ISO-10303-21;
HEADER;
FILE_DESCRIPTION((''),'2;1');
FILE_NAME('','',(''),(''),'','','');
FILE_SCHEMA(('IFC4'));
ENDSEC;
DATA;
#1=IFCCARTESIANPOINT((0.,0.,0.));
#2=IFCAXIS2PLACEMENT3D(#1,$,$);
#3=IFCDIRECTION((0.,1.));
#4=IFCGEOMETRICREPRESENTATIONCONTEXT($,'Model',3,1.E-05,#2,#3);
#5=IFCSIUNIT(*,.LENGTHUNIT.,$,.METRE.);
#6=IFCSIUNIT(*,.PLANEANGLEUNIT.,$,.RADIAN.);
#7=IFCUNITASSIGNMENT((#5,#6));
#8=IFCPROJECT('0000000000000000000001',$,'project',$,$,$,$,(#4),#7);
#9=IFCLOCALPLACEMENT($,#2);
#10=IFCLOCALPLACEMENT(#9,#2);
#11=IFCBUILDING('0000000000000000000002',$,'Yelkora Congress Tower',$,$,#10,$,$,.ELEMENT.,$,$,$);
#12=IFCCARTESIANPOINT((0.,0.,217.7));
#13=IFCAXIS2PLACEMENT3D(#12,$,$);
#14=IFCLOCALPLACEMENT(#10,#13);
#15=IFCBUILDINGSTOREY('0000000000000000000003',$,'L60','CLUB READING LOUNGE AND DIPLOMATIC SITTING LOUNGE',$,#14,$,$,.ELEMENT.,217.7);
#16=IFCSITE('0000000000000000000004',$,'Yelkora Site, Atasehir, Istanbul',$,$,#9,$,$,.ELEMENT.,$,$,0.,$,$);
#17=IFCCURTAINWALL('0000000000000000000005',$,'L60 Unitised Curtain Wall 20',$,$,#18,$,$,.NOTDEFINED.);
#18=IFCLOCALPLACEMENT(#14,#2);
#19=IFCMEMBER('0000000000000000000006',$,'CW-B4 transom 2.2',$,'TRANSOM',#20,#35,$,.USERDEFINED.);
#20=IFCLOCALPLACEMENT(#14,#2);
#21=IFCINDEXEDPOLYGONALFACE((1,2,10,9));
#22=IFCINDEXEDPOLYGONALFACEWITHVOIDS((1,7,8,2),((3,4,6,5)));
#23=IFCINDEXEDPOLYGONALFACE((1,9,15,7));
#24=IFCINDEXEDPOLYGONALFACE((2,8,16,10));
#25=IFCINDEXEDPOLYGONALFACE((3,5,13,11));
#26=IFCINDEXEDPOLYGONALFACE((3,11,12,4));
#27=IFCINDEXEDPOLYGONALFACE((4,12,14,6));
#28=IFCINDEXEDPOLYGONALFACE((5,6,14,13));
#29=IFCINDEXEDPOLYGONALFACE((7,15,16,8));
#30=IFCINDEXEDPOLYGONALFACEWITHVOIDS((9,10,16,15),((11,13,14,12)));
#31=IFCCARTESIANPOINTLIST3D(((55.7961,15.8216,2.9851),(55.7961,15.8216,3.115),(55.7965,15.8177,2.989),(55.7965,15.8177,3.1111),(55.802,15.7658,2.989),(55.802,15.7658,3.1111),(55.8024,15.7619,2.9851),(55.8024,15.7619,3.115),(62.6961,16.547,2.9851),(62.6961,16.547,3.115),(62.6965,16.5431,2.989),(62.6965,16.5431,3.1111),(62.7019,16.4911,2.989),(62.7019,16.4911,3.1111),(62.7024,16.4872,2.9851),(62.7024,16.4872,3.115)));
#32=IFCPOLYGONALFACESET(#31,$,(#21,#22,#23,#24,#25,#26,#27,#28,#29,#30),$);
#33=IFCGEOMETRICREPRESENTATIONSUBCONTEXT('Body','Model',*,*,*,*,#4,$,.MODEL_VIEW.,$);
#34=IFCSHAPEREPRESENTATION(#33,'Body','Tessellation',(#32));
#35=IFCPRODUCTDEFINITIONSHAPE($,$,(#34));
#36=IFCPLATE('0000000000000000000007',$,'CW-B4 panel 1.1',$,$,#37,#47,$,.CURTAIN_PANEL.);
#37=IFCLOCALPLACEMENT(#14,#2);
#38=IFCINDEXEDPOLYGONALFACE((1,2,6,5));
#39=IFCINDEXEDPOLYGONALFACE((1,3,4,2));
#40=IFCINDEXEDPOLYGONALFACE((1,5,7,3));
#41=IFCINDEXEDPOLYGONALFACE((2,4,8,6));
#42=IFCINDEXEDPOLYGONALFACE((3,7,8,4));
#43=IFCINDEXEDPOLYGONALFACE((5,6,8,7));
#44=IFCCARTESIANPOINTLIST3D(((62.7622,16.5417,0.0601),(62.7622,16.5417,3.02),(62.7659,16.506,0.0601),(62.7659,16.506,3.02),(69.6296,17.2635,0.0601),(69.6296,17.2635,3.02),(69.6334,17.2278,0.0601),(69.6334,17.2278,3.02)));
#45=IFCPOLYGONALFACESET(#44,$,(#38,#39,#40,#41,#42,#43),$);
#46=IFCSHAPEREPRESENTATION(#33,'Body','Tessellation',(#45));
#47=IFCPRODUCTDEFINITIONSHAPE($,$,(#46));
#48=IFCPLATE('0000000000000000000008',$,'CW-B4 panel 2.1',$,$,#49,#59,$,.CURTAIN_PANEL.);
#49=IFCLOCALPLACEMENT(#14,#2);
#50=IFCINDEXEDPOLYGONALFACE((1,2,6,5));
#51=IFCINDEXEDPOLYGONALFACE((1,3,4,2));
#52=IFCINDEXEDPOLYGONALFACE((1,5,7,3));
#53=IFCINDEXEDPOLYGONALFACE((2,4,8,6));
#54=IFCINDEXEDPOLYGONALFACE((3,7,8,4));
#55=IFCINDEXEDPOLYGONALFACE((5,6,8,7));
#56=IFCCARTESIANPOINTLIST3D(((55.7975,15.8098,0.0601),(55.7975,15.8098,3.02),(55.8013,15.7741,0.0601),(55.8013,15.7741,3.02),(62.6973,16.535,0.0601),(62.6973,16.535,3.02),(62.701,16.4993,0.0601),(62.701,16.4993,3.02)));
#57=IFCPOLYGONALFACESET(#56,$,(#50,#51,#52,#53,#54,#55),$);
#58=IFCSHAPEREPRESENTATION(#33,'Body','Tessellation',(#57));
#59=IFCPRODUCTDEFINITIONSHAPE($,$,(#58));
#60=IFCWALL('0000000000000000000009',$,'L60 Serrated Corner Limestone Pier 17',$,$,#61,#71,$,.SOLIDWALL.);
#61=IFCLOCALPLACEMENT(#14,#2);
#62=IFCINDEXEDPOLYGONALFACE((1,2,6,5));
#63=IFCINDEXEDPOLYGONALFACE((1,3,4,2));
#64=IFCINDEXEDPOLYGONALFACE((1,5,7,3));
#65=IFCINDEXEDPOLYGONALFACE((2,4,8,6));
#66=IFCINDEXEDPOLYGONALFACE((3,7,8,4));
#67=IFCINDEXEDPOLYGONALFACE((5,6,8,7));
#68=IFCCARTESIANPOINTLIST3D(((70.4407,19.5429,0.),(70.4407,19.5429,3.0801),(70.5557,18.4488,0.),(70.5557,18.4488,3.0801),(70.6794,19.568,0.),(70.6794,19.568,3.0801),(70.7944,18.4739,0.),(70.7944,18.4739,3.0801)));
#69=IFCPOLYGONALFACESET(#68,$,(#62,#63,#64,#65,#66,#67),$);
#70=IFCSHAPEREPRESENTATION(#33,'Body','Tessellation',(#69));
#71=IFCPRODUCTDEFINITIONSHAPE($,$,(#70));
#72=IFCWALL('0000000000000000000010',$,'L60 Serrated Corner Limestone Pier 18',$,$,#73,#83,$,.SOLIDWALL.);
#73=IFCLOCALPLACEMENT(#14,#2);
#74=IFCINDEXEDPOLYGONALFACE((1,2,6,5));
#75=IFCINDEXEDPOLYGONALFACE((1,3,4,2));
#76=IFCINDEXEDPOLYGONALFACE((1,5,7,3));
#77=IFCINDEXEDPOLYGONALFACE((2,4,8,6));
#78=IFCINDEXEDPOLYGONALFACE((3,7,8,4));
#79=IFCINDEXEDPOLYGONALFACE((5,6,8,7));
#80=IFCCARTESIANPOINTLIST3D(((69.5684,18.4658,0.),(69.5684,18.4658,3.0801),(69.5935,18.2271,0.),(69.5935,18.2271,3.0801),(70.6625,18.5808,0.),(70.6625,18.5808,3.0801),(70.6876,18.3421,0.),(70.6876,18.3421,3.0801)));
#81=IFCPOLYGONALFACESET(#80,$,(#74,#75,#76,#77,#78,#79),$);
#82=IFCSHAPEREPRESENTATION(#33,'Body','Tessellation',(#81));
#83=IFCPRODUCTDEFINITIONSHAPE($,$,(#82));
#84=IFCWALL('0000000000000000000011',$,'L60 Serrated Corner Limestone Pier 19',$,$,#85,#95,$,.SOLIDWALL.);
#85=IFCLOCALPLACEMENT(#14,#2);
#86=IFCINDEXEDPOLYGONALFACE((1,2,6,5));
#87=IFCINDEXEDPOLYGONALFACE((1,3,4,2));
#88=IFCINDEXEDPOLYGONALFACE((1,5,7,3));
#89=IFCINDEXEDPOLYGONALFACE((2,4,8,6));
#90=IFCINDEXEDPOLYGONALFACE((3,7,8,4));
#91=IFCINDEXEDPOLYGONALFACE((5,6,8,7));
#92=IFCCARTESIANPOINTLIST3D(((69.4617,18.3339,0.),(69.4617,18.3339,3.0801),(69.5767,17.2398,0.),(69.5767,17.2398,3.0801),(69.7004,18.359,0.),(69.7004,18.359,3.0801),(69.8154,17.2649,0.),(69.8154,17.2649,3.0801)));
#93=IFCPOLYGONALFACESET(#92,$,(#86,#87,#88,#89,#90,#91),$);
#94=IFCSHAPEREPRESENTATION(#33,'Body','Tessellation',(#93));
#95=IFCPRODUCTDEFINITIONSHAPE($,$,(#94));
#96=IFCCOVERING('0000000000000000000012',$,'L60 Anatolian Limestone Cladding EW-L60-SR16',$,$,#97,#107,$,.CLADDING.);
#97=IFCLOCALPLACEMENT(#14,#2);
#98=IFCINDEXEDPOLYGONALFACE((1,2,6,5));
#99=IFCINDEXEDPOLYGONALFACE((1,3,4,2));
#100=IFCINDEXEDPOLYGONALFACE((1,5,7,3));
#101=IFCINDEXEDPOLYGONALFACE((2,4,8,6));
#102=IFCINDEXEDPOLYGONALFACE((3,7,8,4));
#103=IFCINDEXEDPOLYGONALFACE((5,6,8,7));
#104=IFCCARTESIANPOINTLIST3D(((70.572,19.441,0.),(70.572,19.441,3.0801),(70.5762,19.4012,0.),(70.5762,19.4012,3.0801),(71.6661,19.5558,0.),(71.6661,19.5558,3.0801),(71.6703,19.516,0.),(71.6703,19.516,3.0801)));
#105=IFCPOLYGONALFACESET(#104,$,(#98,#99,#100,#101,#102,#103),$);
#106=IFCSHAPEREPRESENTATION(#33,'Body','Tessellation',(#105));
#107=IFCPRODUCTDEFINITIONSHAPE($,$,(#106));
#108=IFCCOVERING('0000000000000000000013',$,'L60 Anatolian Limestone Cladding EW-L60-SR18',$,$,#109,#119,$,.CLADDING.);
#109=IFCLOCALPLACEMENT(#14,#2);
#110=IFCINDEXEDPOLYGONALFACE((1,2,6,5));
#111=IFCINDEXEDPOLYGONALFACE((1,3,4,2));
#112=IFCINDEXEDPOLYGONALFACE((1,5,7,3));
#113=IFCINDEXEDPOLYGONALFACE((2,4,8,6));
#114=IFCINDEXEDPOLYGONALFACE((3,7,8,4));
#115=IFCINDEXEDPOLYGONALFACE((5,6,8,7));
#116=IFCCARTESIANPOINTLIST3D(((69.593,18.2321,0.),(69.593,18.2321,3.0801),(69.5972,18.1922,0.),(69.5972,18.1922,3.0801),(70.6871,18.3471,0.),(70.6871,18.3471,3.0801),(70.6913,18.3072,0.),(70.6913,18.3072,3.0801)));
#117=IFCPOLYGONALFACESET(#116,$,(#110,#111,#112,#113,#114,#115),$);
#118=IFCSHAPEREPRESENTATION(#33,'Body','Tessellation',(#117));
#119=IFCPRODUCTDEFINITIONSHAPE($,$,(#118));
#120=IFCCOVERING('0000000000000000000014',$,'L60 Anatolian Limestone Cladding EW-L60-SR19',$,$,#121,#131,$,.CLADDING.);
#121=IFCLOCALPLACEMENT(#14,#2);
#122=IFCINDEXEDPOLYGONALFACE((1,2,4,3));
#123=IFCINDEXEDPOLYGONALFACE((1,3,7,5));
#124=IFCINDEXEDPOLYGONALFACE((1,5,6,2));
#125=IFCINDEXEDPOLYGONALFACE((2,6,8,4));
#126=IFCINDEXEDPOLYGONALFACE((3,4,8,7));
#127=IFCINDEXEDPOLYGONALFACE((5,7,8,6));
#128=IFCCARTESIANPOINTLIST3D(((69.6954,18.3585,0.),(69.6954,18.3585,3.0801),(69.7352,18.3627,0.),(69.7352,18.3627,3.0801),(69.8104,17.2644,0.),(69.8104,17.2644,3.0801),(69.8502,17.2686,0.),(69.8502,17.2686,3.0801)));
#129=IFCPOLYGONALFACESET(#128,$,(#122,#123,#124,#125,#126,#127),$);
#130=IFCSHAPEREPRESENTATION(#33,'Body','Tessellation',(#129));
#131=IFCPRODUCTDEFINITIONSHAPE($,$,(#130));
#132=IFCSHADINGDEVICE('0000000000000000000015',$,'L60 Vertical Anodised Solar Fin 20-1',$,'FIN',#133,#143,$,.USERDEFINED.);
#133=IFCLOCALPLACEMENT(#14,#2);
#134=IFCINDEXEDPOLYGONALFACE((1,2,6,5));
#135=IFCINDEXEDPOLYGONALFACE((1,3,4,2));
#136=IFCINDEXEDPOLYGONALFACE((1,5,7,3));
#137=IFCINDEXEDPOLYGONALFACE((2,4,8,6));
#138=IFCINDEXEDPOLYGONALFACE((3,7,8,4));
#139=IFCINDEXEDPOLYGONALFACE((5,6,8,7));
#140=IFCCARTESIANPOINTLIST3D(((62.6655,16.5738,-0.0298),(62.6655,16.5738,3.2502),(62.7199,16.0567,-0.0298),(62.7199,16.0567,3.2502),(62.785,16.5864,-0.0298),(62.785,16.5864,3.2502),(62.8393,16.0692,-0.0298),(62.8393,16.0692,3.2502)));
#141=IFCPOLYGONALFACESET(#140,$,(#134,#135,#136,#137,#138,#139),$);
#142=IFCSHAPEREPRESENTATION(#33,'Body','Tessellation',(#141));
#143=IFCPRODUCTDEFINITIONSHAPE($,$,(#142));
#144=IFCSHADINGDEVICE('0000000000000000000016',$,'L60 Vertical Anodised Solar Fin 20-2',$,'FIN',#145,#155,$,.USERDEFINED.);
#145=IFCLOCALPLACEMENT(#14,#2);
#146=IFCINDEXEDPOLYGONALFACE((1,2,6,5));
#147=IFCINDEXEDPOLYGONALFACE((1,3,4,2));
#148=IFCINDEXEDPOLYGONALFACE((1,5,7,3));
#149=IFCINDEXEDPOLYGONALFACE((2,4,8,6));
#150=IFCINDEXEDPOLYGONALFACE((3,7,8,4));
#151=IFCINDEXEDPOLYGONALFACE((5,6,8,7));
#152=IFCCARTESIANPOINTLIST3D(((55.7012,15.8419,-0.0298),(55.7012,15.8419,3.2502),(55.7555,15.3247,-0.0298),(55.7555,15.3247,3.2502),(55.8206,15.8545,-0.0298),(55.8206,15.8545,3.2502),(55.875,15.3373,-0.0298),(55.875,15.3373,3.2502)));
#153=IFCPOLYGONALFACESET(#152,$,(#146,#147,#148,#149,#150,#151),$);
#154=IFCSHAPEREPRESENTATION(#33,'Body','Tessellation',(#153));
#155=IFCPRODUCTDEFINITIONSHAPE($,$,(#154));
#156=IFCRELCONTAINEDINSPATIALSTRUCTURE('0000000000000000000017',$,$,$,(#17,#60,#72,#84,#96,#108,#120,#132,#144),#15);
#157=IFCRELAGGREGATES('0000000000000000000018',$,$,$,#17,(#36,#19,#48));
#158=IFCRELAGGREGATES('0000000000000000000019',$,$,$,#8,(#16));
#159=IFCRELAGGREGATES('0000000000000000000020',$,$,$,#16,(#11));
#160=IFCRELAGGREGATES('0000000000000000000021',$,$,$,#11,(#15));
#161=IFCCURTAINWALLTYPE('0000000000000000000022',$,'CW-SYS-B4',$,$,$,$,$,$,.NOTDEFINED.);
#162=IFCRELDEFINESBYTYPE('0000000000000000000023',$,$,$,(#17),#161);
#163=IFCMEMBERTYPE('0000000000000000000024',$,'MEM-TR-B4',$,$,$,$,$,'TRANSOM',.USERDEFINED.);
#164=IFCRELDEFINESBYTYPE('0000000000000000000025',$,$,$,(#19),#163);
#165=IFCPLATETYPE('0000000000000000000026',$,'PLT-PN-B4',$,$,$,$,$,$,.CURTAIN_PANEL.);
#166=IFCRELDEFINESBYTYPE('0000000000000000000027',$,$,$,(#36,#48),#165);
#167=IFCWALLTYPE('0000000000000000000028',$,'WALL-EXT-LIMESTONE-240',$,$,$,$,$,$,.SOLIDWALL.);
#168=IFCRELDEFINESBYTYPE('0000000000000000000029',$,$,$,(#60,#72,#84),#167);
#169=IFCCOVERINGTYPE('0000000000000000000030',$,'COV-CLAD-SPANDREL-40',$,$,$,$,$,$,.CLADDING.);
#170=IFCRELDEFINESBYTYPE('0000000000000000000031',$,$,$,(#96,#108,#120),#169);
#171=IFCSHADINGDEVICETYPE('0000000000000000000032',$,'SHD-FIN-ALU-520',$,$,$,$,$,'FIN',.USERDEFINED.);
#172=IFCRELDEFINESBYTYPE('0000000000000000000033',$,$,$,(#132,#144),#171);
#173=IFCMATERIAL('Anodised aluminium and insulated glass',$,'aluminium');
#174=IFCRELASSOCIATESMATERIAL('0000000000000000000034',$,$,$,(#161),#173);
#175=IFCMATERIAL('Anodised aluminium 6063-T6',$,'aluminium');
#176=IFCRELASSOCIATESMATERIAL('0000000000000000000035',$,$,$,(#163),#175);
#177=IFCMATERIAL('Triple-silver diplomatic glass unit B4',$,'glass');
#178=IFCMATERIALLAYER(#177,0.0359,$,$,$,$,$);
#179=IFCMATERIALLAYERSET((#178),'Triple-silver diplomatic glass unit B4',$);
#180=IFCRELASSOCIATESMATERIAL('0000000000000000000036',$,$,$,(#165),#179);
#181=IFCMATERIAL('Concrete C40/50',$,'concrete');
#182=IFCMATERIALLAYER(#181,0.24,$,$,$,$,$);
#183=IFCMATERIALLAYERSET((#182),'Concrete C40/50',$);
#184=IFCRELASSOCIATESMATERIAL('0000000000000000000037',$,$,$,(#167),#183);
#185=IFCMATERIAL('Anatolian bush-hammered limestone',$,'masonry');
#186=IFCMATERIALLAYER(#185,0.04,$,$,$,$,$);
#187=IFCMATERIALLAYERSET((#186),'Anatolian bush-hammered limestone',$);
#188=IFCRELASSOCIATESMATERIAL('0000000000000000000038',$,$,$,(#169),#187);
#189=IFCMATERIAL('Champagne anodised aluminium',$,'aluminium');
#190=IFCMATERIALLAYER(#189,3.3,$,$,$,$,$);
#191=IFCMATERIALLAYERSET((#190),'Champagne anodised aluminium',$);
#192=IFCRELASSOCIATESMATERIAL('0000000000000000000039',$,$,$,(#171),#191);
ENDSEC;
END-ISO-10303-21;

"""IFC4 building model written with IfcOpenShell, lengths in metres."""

from ifc_helpers import new_model, si_unit, direction, frame, frame_2d, origin, origin_2d, place, context, subcontext, project, spatial, rectangle, hollow_rectangle, extrude, material, layer, layer_set, material_profile, profile_set, type_object, element, aggregate, save


model = new_model("IFC4")

# Units and contexts
model_context = context("Model", 3, precision=1e-05, world=origin(), true_north=direction((0.0, 1.0)))
body_context = subcontext(model_context, "Body", "Model", "MODEL_VIEW")
ifc_project = project(units=[si_unit("LENGTHUNIT", "METRE"), si_unit("PLANEANGLEUNIT", "RADIAN")], contexts=[model_context])

# Site, building, storey
site_placement = place(None, origin())
site = spatial("IfcSite", under=ifc_project, at=site_placement, Name="Yelkora Site, Atasehir, Istanbul", CompositionType="ELEMENT", RefElevation=0.0)
building_placement = place(site_placement, origin())
building = spatial("IfcBuilding", under=site, at=building_placement, Name="Yelkora Congress Tower", CompositionType="ELEMENT")
storey_placement = place(building_placement, frame((0.0, 0.0, 217.7)))
storey = spatial("IfcBuildingStorey", under=building, at=storey_placement, Name="L60", Description="CLUB READING LOUNGE AND DIPLOMATIC SITTING LOUNGE", CompositionType="ELEMENT", Elevation=217.7)

# Curtain wall, member, plates
ifc_material_1 = material(Name="Anodised aluminium and insulated glass", Category="aluminium")
curtain_wall_type = type_object("IfcCurtainWallType", Name="CW-SYS-B4", PredefinedType="NOTDEFINED", material=ifc_material_1)
curtain_wall_placement = place(storey_placement, origin())
curtain_wall = element("IfcCurtainWall", 1, at=curtain_wall_placement, inside=storey, type_object=curtain_wall_type, Name="L60 Unitised Curtain Wall 20", PredefinedType="NOTDEFINED")
ifc_material_2 = material(Name="Anodised aluminium 6063-T6", Category="aluminium")
ifc_material_profile_1 = material_profile(ifc_material_2, hollow_rectangle(XDim=0.0601, YDim=0.1299, WallThickness=0.0039, at=origin_2d()), Name="ALU 60x130x4")
ifc_profile_set_1 = profile_set([ifc_material_profile_1], Name="Anodised aluminium 6063-T6")
member_type_1 = type_object("IfcMemberType", Name="MEM-TR-B4", ElementType="TRANSOM", PredefinedType="USERDEFINED", material=ifc_profile_set_1)
member_1_placement = place(storey_placement, frame((62.6992, 16.5171, 3.05), z_axis=(-0.99452, -0.104547, 0.0), x_axis=(0.104547, -0.99452, 0.0)))
member_1 = element("IfcMember", 2, at=member_1_placement, type_object=member_type_1, Name="CW-B4 transom 2.2", ObjectType="TRANSOM", PredefinedType="USERDEFINED", context=body_context, shape_type="SweptSolid", body=[
    extrude(hollow_rectangle(XDim=0.0601, YDim=0.1299, WallThickness=0.0039, at=origin_2d()), origin(), (0.0, 0.0, 1.0), 6.938),
])
ifc_material_3 = material(Name="Triple-silver diplomatic glass unit B4", Category="glass")
ifc_layer_1 = layer(ifc_material_3, 0.0359)
ifc_layer_set_1 = layer_set([ifc_layer_1], Name="Triple-silver diplomatic glass unit B4")
plate_type = type_object("IfcPlateType", Name="PLT-PN-B4", PredefinedType="CURTAIN_PANEL", material=ifc_layer_set_1)
plate_1_placement = place(storey_placement, frame((66.1978, 16.8848, 0.0601), z_axis=(0.0, 0.0, 1.0), x_axis=(-0.994522, -0.104527, 0.0)))
plate_1 = element("IfcPlate", 3, at=plate_1_placement, type_object=plate_type, Name="CW-B4 panel 1.1", PredefinedType="CURTAIN_PANEL", context=body_context, shape_type="SweptSolid", body=[
    extrude(rectangle(XDim=6.9053, YDim=0.0359, at=origin_2d()), origin(), (0.0, 0.0, 1.0), 2.96),
])
plate_2_placement = place(storey_placement, frame((59.2493, 16.1545, 0.0601), z_axis=(0.0, 0.0, 1.0), x_axis=(-0.994522, -0.104527, 0.0)))
plate_2 = element("IfcPlate", 4, at=plate_2_placement, type_object=plate_type, Name="CW-B4 panel 2.1", PredefinedType="CURTAIN_PANEL", context=body_context, shape_type="SweptSolid", body=[
    extrude(rectangle(XDim=6.9377, YDim=0.0359, at=origin_2d()), origin(), (0.0, 0.0, 1.0), 2.96),
])
aggregate(curtain_wall, [plate_1, member_1, plate_2])

# Walls
ifc_material_4 = material(Name="Concrete C40/50", Category="concrete")
ifc_layer_2 = layer(ifc_material_4, 0.24)
ifc_layer_set_2 = layer_set([ifc_layer_2], Name="Concrete C40/50")
wall_type = type_object("IfcWallType", Name="WALL-EXT-LIMESTONE-240", PredefinedType="SOLIDWALL", material=ifc_layer_set_2)
for number, where, z_axis, x_axis, name in (
    (5, (70.5601, 19.5554, 0.0), (0.0, 0.0, 1.0), (0.104535, -0.994521, 0.0), "L60 Serrated Corner Limestone Pier 17"),
    (6, (70.675, 18.4614, 0.0), (0.0, 0.0, 1.0), (-0.994521, -0.104535, 0.0), "L60 Serrated Corner Limestone Pier 18"),
    (7, (69.5811, 18.3464, 0.0), (0.0, 0.0, 1.0), (0.104535, -0.994521, 0.0), "L60 Serrated Corner Limestone Pier 19"),
):
    element("IfcWall", number, at=place(storey_placement, frame(where, z_axis=z_axis, x_axis=x_axis)), inside=storey, type_object=wall_type, Name=name, PredefinedType="SOLIDWALL", context=body_context, shape_type="SweptSolid", body=[
        extrude(rectangle(XDim=1.1001, YDim=0.24, at=frame_2d((0.55, 0.0))), origin(), (0.0, 0.0, 1.0), 3.0801),
    ])

# Coverings
ifc_material_5 = material(Name="Anatolian bush-hammered limestone", Category="masonry")
ifc_layer_3 = layer(ifc_material_5, 0.04)
ifc_layer_set_3 = layer_set([ifc_layer_3], Name="Anatolian bush-hammered limestone")
covering_type = type_object("IfcCoveringType", Name="COV-CLAD-SPANDREL-40", PredefinedType="CLADDING", material=ifc_layer_set_3)
for number, where, z_axis, x_axis, name in (
    (8, (71.6682, 19.5359, 0.0), (0.0, 0.0, 1.0), (-0.994544, -0.104315, 0.0), "L60 Anatolian Limestone Cladding EW-L60-SR16"),
    (9, (70.6892, 18.3271, 0.0), (0.0, 0.0, 1.0), (-0.994521, -0.104535, 0.0), "L60 Anatolian Limestone Cladding EW-L60-SR18"),
    (10, (69.7153, 18.3606, 0.0), (0.0, 0.0, 1.0), (0.104535, -0.994521, 0.0), "L60 Anatolian Limestone Cladding EW-L60-SR19"),
):
    element("IfcCovering", number, at=place(storey_placement, frame(where, z_axis=z_axis, x_axis=x_axis)), inside=storey, type_object=covering_type, Name=name, PredefinedType="CLADDING", context=body_context, shape_type="SweptSolid", body=[
        extrude(rectangle(XDim=1.1001, YDim=0.04, at=frame_2d((0.55, 0.0))), origin(), (0.0, 0.0, 1.0), 3.0801),
    ])

# Shading devices
ifc_material_6 = material(Name="Champagne anodised aluminium", Category="aluminium")
ifc_layer_4 = layer(ifc_material_6, 3.3)
ifc_layer_set_4 = layer_set([ifc_layer_4], Name="Champagne anodised aluminium")
shading_device_type = type_object("IfcShadingDeviceType", Name="SHD-FIN-ALU-520", ElementType="FIN", PredefinedType="USERDEFINED", material=ifc_layer_set_4)
for number, where, z_axis, x_axis, name in (
    (11, (62.7524, 16.3215, -0.0298), (0.0, 0.0, 1.0), (-0.994522, -0.104528, 0.0), "L60 Vertical Anodised Solar Fin 20-1"),
    (12, (55.7881, 15.5896, -0.0298), (0.0, 0.0, 1.0), (-0.994522, -0.104528, 0.0), "L60 Vertical Anodised Solar Fin 20-2"),
):
    element("IfcShadingDevice", number, at=place(storey_placement, frame(where, z_axis=z_axis, x_axis=x_axis)), inside=storey, type_object=shading_device_type, Name=name, ObjectType="FIN", PredefinedType="USERDEFINED", context=body_context, shape_type="SweptSolid", body=[
        extrude(rectangle(XDim=0.1201, YDim=0.52, at=origin_2d()), origin(), (0.0, 0.0, 1.0), 3.28),
    ])

save(model, "model.ifc")
